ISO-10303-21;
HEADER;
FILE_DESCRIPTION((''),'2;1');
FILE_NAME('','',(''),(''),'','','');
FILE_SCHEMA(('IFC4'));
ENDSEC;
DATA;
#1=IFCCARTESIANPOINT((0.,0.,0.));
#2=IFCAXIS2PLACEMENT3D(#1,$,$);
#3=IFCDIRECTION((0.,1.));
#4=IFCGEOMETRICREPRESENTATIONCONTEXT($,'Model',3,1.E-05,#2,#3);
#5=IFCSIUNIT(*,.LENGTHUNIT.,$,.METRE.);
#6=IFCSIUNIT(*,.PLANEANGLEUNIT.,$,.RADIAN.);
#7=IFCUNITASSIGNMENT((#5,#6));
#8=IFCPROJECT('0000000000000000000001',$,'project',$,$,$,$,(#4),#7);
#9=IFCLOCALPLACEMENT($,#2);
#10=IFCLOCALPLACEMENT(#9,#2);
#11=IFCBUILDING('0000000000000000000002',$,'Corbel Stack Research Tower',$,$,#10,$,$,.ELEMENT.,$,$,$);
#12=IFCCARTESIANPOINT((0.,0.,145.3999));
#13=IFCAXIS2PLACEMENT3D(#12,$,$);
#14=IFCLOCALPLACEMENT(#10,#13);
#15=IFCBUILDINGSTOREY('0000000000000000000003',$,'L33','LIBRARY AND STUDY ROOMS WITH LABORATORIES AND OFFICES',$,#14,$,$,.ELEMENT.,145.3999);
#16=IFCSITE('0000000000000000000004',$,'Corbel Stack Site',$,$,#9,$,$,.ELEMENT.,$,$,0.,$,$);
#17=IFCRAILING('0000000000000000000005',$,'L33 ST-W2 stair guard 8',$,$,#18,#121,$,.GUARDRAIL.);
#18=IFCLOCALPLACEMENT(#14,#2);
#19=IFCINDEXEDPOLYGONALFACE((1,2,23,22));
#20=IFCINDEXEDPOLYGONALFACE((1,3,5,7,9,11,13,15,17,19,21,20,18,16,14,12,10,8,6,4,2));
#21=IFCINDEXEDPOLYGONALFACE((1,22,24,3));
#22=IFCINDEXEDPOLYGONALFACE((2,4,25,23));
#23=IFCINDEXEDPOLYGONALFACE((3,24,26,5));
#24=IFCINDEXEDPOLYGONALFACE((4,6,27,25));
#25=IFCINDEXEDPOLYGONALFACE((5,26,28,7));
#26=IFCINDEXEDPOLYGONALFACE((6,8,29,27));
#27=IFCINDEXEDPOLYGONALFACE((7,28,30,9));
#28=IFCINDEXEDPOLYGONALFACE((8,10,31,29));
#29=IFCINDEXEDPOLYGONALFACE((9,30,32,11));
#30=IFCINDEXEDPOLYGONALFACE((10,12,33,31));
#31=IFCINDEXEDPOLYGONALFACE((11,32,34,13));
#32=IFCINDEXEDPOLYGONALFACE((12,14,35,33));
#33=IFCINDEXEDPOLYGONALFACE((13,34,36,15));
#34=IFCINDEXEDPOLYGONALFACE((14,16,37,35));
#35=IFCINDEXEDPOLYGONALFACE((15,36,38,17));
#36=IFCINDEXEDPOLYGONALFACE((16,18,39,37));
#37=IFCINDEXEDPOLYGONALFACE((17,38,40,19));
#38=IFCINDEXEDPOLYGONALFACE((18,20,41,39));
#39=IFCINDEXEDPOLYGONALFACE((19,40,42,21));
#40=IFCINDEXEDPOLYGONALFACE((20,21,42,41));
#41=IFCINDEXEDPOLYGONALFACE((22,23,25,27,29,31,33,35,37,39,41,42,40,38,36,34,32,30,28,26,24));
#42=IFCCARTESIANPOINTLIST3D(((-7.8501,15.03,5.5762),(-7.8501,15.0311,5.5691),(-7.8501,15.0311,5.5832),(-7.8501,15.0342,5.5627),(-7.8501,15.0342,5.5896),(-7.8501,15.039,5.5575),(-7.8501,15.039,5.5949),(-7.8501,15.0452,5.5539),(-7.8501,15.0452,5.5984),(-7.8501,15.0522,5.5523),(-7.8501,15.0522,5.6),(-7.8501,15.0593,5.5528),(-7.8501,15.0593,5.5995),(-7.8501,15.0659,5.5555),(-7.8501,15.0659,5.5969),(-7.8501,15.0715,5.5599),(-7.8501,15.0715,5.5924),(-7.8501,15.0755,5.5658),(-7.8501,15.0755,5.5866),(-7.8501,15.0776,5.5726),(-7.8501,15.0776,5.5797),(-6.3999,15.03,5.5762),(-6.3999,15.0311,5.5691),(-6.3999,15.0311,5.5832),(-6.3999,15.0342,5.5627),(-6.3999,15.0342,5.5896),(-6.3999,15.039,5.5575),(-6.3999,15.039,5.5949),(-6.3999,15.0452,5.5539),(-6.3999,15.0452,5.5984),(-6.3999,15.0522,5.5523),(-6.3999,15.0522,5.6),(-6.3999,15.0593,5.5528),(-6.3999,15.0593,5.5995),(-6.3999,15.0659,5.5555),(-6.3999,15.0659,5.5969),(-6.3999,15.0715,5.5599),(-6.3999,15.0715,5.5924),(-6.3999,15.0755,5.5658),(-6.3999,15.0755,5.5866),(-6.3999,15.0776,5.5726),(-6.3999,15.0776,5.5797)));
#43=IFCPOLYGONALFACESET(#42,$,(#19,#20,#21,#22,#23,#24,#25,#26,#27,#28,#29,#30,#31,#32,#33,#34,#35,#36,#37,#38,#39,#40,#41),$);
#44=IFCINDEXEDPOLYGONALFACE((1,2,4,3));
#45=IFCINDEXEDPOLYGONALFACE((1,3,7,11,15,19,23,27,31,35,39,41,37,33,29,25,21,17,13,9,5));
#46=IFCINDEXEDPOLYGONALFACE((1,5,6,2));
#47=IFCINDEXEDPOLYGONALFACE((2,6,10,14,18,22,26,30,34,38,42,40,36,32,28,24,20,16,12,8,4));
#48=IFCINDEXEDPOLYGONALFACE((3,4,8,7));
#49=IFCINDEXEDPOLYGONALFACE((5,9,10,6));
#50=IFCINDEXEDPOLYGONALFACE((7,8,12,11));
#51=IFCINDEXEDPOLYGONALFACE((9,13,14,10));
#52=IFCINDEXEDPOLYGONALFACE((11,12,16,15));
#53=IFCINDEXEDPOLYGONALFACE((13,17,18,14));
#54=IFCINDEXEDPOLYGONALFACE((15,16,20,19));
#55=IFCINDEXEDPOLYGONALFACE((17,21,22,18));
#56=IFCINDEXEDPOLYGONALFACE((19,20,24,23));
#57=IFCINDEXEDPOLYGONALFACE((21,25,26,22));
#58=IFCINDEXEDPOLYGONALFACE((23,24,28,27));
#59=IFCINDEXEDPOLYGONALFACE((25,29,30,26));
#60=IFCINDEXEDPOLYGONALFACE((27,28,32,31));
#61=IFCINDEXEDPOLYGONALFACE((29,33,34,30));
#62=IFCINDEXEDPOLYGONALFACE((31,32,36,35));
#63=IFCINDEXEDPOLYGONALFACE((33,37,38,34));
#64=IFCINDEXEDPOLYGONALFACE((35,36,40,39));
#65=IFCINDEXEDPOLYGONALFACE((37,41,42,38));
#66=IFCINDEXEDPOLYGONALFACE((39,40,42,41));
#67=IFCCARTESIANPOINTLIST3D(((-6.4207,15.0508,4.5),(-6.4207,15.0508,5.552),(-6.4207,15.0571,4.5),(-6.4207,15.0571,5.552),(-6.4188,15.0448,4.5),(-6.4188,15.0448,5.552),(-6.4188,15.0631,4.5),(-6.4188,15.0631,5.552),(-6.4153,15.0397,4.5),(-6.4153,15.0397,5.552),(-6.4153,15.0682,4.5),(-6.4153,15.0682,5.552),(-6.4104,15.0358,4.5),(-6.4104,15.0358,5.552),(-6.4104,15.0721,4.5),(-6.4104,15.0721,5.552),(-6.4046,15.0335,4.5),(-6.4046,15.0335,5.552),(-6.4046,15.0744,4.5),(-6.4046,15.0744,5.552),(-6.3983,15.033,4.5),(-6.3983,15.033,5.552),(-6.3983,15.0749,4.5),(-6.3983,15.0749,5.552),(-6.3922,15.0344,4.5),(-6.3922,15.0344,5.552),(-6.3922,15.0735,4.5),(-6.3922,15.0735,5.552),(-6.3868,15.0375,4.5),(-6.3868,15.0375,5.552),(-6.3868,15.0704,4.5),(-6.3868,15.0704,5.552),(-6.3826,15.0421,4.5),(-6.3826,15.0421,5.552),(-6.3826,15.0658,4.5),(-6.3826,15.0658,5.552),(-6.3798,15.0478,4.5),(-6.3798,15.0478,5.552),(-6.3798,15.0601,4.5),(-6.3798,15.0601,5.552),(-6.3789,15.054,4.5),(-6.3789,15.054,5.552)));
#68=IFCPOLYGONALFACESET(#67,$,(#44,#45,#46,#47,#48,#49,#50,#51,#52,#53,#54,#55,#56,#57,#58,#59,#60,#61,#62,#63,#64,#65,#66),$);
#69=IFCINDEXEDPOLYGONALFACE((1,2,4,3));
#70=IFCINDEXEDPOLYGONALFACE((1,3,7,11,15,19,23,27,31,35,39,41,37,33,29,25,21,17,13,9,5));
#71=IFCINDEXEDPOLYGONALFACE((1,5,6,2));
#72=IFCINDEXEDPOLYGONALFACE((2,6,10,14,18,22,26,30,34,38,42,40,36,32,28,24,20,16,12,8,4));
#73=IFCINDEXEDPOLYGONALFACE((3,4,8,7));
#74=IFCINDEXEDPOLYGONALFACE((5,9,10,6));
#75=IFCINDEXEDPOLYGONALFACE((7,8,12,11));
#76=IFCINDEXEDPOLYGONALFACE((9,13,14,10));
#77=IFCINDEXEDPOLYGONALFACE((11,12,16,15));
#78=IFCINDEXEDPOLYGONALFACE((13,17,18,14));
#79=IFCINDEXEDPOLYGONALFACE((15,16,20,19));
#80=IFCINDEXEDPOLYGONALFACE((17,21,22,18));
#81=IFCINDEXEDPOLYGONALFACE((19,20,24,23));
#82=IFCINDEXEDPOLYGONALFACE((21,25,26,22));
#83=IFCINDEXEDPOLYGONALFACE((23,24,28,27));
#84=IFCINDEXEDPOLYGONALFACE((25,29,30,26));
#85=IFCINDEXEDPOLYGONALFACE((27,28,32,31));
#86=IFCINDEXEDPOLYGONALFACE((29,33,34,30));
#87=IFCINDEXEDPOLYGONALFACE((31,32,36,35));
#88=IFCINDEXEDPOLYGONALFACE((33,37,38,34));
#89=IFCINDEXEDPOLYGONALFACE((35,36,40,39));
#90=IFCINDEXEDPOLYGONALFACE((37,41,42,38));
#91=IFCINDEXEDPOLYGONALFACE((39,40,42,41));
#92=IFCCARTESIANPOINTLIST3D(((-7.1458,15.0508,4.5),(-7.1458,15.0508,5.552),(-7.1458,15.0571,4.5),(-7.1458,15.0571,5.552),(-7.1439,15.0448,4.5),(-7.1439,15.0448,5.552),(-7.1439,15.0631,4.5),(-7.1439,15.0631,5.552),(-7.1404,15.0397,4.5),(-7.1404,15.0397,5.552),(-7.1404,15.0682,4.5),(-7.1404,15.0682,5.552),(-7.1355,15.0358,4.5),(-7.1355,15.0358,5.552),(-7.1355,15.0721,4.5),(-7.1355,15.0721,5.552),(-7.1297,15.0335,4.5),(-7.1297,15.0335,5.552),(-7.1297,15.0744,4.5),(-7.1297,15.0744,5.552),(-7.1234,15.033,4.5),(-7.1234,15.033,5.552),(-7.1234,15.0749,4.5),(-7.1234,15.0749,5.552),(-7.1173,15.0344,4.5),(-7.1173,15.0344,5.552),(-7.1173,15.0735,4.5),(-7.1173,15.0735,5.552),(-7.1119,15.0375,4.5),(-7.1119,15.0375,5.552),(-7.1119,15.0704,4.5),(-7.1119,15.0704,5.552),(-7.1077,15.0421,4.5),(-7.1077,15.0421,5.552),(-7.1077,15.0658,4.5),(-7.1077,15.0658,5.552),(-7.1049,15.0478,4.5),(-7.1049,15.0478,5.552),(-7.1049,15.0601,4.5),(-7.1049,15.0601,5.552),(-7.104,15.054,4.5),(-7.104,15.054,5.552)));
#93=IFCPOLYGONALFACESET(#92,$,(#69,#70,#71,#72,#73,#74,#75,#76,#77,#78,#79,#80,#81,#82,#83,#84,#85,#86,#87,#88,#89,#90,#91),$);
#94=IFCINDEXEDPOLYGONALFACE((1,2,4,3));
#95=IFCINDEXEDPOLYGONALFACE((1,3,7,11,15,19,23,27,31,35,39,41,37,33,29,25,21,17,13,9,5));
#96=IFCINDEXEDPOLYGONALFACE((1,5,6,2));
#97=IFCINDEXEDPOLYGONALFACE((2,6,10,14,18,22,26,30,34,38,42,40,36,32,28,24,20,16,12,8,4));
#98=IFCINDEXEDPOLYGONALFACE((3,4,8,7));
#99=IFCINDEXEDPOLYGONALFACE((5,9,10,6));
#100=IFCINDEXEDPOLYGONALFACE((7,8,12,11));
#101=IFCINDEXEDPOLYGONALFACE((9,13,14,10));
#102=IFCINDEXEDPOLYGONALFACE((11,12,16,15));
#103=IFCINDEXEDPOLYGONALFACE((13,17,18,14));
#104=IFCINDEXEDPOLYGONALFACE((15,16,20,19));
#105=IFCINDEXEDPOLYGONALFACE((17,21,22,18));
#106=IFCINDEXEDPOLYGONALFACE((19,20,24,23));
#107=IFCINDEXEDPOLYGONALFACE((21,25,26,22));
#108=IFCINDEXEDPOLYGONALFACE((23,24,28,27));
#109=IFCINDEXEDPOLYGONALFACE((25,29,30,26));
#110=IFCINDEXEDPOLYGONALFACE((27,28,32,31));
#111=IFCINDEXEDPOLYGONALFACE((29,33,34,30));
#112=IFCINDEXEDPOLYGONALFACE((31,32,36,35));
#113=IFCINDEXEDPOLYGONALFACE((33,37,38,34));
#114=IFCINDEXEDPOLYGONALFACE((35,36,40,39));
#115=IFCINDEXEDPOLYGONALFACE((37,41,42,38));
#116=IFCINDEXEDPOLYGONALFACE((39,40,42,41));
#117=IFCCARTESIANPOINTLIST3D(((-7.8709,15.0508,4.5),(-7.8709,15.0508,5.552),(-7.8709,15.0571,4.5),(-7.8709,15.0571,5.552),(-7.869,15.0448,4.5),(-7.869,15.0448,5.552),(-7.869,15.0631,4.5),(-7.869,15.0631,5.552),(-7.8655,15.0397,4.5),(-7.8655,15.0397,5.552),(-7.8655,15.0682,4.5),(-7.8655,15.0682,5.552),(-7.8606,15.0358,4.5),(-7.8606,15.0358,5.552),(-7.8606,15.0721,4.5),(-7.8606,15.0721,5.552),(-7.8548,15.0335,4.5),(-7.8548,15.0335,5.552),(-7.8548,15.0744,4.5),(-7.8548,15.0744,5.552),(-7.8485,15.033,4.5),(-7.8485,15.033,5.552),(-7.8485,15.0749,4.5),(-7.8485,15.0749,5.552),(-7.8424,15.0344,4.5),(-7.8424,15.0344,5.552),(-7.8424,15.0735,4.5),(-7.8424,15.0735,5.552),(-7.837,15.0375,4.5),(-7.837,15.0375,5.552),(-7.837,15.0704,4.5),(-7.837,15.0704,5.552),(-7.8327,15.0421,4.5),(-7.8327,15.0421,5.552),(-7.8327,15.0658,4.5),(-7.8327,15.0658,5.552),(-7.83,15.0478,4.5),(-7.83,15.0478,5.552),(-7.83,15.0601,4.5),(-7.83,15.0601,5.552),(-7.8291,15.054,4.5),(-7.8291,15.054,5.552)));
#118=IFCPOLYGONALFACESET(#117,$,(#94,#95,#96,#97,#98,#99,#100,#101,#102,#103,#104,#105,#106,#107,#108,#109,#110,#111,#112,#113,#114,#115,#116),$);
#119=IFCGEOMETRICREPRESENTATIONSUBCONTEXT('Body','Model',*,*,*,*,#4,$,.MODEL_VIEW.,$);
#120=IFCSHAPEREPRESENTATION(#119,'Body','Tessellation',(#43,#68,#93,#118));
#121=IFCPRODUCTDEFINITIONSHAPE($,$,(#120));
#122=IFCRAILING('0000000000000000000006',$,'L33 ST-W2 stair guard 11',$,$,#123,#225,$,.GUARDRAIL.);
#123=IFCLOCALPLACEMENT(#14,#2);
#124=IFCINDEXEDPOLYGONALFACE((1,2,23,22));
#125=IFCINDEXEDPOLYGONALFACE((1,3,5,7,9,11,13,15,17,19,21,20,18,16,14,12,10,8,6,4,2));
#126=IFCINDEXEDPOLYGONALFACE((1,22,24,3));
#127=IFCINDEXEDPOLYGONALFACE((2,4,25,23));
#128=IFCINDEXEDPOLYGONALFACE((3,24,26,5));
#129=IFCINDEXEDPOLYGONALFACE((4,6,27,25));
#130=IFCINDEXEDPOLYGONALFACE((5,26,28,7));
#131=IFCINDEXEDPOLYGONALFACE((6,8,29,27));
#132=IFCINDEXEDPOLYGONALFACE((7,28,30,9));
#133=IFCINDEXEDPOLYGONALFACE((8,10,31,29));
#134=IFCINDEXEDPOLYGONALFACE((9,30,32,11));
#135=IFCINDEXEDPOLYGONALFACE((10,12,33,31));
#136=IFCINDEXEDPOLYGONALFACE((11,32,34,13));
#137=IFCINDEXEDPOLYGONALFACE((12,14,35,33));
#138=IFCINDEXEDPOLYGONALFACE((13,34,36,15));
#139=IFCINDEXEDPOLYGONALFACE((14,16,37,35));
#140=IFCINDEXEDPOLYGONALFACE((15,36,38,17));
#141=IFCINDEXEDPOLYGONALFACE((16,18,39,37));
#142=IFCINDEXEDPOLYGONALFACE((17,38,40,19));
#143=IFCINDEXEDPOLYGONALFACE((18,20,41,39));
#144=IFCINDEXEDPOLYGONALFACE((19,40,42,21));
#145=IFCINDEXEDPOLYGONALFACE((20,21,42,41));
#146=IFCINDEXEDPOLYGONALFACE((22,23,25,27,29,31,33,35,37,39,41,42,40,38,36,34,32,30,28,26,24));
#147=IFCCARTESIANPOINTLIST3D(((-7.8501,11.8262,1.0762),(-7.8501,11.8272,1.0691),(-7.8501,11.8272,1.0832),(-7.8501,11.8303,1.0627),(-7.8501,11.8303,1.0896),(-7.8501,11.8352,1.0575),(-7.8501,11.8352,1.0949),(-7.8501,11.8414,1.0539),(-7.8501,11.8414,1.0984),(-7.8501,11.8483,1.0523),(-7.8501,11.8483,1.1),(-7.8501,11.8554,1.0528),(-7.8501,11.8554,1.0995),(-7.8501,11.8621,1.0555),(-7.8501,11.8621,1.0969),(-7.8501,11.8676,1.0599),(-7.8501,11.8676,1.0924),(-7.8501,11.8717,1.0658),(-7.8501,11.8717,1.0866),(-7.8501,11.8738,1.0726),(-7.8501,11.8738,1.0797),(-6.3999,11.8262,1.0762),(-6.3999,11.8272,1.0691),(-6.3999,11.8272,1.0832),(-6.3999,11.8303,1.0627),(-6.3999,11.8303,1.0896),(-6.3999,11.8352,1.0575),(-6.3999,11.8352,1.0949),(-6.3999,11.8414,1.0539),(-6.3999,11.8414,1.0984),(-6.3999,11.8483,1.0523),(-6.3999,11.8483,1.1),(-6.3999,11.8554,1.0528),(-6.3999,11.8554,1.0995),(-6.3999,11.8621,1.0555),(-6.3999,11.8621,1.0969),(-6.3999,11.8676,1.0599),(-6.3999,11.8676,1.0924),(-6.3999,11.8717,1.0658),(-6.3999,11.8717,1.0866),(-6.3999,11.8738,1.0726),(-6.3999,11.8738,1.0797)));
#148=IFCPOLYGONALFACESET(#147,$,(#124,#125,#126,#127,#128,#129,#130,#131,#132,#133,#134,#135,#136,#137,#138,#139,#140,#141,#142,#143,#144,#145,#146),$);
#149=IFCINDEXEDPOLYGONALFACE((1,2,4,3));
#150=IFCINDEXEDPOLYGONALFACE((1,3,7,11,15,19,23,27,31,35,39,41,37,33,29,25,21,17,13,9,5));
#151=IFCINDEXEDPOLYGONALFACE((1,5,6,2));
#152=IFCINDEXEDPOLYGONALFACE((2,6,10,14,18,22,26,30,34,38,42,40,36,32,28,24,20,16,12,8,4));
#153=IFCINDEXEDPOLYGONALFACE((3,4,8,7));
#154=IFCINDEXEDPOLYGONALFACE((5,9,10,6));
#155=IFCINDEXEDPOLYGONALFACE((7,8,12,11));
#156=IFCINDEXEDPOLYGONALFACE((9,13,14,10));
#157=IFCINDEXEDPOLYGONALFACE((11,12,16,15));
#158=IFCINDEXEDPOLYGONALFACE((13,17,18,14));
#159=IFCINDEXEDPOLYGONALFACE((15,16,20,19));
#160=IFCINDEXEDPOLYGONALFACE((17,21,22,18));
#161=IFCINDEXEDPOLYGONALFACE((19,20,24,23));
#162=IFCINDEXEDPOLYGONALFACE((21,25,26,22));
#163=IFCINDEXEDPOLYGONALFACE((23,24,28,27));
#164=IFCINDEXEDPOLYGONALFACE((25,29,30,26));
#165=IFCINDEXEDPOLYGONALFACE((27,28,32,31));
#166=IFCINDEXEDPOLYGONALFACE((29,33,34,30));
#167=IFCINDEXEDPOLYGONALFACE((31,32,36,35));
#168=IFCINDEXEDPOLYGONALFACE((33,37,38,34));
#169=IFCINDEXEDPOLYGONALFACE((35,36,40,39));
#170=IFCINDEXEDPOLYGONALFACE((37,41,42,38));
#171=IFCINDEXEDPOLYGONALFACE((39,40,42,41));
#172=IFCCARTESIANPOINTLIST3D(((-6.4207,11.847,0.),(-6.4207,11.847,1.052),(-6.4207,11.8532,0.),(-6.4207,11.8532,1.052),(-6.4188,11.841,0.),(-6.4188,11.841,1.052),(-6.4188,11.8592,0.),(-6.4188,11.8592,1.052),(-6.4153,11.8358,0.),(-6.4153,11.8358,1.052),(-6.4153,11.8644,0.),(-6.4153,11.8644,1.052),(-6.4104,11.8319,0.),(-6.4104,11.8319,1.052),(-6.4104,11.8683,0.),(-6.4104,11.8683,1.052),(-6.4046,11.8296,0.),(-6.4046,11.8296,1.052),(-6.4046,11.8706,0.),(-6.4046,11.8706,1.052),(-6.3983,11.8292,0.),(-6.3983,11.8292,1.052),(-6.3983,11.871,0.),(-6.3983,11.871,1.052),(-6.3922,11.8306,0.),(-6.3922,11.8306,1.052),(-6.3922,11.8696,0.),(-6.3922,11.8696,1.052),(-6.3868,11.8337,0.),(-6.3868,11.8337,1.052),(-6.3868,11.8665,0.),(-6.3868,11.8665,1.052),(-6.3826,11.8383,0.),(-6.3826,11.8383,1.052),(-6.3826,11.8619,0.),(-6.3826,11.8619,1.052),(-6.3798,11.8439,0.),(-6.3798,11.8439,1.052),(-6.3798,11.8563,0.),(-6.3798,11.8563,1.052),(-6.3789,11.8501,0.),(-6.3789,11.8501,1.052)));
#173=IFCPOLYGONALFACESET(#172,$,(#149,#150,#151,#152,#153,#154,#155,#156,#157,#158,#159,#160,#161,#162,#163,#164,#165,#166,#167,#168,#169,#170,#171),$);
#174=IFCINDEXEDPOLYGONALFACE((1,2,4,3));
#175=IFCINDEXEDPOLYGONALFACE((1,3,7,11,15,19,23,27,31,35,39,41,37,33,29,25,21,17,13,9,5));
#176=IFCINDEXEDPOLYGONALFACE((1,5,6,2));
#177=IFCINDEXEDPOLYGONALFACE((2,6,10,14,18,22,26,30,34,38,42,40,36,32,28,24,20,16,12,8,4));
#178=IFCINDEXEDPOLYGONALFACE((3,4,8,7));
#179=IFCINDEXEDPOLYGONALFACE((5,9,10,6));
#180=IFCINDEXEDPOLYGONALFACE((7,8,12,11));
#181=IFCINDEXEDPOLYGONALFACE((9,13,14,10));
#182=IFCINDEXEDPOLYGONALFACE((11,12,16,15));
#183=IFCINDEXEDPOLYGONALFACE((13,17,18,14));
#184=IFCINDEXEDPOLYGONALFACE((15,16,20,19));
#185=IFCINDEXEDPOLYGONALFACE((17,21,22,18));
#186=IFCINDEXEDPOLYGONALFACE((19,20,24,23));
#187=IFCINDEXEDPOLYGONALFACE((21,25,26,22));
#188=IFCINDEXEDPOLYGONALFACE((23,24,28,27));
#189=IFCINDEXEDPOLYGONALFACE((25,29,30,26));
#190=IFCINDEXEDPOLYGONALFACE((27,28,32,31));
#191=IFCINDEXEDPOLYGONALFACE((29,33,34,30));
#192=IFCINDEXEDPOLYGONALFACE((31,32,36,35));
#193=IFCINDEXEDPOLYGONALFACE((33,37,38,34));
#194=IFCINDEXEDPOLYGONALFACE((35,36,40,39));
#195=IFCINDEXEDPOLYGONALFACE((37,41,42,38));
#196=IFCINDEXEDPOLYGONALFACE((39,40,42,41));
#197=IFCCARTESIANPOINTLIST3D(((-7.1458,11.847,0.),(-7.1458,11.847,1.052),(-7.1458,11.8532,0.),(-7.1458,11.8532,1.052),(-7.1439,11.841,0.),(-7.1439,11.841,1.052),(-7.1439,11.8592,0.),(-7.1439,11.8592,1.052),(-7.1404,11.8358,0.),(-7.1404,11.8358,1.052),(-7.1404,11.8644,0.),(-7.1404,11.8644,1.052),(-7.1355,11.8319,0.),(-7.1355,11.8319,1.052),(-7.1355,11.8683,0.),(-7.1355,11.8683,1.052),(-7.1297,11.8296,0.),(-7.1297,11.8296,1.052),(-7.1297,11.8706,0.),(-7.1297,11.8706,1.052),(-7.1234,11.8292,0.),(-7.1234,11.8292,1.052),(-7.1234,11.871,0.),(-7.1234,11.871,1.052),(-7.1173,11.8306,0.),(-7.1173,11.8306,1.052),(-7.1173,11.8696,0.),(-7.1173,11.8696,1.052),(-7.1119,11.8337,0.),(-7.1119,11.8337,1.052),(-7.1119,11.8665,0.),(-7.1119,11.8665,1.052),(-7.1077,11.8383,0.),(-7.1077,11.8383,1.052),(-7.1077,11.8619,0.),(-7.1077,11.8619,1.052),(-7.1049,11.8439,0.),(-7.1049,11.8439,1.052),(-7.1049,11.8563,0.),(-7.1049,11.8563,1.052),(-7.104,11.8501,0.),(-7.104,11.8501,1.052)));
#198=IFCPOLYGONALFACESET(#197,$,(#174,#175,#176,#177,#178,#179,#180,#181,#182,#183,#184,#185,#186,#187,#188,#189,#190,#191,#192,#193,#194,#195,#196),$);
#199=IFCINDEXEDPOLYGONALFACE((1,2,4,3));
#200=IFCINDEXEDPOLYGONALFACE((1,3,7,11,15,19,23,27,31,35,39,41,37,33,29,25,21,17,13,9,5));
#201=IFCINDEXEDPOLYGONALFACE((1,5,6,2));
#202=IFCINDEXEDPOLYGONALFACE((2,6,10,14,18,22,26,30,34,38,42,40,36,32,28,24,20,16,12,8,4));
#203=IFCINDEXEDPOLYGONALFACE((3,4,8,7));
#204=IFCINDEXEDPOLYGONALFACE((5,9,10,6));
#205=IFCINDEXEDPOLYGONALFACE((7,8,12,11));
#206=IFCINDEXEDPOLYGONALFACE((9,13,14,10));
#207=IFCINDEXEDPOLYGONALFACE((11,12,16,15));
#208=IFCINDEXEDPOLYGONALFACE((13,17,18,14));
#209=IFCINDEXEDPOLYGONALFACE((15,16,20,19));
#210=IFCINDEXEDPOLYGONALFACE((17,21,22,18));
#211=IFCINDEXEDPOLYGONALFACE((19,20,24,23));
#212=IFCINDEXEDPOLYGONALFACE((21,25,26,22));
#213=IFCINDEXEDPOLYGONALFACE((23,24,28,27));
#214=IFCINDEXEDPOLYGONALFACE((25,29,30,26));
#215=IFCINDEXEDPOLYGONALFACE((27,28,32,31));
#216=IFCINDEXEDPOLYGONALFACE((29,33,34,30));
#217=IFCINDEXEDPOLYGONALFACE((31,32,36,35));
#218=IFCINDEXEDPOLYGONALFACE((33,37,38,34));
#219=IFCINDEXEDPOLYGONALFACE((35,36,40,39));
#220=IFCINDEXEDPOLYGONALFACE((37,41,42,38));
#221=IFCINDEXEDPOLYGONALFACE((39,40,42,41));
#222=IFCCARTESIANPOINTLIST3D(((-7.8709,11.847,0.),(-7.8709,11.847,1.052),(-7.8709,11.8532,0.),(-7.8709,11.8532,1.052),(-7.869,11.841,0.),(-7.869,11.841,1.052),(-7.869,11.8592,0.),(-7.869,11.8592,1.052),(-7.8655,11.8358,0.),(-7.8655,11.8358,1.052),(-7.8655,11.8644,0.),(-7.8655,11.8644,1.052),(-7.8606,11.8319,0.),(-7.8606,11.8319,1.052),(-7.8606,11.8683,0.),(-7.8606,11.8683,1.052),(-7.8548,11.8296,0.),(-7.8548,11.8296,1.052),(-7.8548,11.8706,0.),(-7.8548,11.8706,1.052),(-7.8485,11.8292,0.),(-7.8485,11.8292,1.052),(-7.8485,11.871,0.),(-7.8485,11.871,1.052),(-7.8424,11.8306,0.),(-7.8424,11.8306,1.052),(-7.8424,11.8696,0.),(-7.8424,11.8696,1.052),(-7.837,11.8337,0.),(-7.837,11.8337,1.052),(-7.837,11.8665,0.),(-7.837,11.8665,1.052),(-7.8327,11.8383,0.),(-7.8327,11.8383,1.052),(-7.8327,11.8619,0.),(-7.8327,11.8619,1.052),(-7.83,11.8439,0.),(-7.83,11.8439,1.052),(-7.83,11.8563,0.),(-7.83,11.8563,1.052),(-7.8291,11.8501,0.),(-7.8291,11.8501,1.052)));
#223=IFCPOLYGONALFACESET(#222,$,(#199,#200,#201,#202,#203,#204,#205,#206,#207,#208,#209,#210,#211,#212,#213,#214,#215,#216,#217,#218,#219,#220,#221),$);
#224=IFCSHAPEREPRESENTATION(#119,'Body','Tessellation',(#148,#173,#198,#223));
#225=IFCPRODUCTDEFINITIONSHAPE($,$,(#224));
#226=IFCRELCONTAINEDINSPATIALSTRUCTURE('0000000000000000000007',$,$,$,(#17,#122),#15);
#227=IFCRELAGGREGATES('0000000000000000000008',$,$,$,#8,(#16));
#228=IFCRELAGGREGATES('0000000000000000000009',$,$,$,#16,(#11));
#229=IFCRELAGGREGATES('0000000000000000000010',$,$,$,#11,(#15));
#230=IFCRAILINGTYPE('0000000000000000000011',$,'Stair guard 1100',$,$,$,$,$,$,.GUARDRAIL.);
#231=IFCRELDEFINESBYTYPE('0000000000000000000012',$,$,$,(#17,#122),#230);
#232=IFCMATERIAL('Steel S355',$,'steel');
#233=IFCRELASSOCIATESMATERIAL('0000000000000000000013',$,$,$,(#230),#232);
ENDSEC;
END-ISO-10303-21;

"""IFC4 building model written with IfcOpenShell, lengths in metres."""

from ifc_helpers import new_model, si_unit, direction, frame, origin, origin_2d, place, context, subcontext, project, spatial, circle, extrude, material, type_object, element, save


model = new_model("IFC4")

# Units and contexts
model_context = context("Model", 3, precision=1e-05, world=origin(), true_north=direction((0.0, 1.0)))
body_context = subcontext(model_context, "Body", "Model", "MODEL_VIEW")
ifc_project = project(units=[si_unit("LENGTHUNIT", "METRE"), si_unit("PLANEANGLEUNIT", "RADIAN")], contexts=[model_context])

# Site, building, storey
site_placement = place(None, origin())
site = spatial("IfcSite", under=ifc_project, at=site_placement, Name="Corbel Stack Site", CompositionType="ELEMENT", RefElevation=0.0)
building_placement = place(site_placement, origin())
building = spatial("IfcBuilding", under=site, at=building_placement, Name="Corbel Stack Research Tower", CompositionType="ELEMENT")
storey_placement = place(building_placement, frame((0.0, 0.0, 145.3999)))
storey = spatial("IfcBuildingStorey", under=building, at=storey_placement, Name="L33", Description="LIBRARY AND STUDY ROOMS WITH LABORATORIES AND OFFICES", CompositionType="ELEMENT", Elevation=145.3999)

# Railings
ifc_material_1 = material(Name="Steel S355", Category="steel")
railing_type_1 = type_object("IfcRailingType", Name="Stair guard 1100", PredefinedType="GUARDRAIL", material=ifc_material_1)
for number, where, name in (
    (1, (-6.3999, 15.054, 4.5), "L33 ST-W2 stair guard 8"),
    (2, (-6.3999, 11.8501, 0.0), "L33 ST-W2 stair guard 11"),
):
    element("IfcRailing", number, at=place(storey_placement, frame(where)), inside=storey, type_object=railing_type_1, Name=name, PredefinedType="GUARDRAIL", context=body_context, shape_type="SweptSolid", body=[
        extrude(circle(Radius=0.0239, at=origin_2d()), frame((0.0, 0.0, 1.0762), z_axis=(-1.0, 0.0, 0.0), x_axis=(0.0, -1.0, 0.0)), (0.0, 0.0, 1.0), 1.4502),
        extrude(circle(Radius=0.021, at=origin_2d()), origin(), (0.0, 0.0, 1.0), 1.052),
        extrude(circle(Radius=0.021, at=origin_2d()), frame((-0.7251, 0.0, 0.0)), (0.0, 0.0, 1.0), 1.052),
        extrude(circle(Radius=0.021, at=origin_2d()), frame((-1.4502, 0.0, 0.0)), (0.0, 0.0, 1.0), 1.052),
    ])

save(model, "model.ifc")
